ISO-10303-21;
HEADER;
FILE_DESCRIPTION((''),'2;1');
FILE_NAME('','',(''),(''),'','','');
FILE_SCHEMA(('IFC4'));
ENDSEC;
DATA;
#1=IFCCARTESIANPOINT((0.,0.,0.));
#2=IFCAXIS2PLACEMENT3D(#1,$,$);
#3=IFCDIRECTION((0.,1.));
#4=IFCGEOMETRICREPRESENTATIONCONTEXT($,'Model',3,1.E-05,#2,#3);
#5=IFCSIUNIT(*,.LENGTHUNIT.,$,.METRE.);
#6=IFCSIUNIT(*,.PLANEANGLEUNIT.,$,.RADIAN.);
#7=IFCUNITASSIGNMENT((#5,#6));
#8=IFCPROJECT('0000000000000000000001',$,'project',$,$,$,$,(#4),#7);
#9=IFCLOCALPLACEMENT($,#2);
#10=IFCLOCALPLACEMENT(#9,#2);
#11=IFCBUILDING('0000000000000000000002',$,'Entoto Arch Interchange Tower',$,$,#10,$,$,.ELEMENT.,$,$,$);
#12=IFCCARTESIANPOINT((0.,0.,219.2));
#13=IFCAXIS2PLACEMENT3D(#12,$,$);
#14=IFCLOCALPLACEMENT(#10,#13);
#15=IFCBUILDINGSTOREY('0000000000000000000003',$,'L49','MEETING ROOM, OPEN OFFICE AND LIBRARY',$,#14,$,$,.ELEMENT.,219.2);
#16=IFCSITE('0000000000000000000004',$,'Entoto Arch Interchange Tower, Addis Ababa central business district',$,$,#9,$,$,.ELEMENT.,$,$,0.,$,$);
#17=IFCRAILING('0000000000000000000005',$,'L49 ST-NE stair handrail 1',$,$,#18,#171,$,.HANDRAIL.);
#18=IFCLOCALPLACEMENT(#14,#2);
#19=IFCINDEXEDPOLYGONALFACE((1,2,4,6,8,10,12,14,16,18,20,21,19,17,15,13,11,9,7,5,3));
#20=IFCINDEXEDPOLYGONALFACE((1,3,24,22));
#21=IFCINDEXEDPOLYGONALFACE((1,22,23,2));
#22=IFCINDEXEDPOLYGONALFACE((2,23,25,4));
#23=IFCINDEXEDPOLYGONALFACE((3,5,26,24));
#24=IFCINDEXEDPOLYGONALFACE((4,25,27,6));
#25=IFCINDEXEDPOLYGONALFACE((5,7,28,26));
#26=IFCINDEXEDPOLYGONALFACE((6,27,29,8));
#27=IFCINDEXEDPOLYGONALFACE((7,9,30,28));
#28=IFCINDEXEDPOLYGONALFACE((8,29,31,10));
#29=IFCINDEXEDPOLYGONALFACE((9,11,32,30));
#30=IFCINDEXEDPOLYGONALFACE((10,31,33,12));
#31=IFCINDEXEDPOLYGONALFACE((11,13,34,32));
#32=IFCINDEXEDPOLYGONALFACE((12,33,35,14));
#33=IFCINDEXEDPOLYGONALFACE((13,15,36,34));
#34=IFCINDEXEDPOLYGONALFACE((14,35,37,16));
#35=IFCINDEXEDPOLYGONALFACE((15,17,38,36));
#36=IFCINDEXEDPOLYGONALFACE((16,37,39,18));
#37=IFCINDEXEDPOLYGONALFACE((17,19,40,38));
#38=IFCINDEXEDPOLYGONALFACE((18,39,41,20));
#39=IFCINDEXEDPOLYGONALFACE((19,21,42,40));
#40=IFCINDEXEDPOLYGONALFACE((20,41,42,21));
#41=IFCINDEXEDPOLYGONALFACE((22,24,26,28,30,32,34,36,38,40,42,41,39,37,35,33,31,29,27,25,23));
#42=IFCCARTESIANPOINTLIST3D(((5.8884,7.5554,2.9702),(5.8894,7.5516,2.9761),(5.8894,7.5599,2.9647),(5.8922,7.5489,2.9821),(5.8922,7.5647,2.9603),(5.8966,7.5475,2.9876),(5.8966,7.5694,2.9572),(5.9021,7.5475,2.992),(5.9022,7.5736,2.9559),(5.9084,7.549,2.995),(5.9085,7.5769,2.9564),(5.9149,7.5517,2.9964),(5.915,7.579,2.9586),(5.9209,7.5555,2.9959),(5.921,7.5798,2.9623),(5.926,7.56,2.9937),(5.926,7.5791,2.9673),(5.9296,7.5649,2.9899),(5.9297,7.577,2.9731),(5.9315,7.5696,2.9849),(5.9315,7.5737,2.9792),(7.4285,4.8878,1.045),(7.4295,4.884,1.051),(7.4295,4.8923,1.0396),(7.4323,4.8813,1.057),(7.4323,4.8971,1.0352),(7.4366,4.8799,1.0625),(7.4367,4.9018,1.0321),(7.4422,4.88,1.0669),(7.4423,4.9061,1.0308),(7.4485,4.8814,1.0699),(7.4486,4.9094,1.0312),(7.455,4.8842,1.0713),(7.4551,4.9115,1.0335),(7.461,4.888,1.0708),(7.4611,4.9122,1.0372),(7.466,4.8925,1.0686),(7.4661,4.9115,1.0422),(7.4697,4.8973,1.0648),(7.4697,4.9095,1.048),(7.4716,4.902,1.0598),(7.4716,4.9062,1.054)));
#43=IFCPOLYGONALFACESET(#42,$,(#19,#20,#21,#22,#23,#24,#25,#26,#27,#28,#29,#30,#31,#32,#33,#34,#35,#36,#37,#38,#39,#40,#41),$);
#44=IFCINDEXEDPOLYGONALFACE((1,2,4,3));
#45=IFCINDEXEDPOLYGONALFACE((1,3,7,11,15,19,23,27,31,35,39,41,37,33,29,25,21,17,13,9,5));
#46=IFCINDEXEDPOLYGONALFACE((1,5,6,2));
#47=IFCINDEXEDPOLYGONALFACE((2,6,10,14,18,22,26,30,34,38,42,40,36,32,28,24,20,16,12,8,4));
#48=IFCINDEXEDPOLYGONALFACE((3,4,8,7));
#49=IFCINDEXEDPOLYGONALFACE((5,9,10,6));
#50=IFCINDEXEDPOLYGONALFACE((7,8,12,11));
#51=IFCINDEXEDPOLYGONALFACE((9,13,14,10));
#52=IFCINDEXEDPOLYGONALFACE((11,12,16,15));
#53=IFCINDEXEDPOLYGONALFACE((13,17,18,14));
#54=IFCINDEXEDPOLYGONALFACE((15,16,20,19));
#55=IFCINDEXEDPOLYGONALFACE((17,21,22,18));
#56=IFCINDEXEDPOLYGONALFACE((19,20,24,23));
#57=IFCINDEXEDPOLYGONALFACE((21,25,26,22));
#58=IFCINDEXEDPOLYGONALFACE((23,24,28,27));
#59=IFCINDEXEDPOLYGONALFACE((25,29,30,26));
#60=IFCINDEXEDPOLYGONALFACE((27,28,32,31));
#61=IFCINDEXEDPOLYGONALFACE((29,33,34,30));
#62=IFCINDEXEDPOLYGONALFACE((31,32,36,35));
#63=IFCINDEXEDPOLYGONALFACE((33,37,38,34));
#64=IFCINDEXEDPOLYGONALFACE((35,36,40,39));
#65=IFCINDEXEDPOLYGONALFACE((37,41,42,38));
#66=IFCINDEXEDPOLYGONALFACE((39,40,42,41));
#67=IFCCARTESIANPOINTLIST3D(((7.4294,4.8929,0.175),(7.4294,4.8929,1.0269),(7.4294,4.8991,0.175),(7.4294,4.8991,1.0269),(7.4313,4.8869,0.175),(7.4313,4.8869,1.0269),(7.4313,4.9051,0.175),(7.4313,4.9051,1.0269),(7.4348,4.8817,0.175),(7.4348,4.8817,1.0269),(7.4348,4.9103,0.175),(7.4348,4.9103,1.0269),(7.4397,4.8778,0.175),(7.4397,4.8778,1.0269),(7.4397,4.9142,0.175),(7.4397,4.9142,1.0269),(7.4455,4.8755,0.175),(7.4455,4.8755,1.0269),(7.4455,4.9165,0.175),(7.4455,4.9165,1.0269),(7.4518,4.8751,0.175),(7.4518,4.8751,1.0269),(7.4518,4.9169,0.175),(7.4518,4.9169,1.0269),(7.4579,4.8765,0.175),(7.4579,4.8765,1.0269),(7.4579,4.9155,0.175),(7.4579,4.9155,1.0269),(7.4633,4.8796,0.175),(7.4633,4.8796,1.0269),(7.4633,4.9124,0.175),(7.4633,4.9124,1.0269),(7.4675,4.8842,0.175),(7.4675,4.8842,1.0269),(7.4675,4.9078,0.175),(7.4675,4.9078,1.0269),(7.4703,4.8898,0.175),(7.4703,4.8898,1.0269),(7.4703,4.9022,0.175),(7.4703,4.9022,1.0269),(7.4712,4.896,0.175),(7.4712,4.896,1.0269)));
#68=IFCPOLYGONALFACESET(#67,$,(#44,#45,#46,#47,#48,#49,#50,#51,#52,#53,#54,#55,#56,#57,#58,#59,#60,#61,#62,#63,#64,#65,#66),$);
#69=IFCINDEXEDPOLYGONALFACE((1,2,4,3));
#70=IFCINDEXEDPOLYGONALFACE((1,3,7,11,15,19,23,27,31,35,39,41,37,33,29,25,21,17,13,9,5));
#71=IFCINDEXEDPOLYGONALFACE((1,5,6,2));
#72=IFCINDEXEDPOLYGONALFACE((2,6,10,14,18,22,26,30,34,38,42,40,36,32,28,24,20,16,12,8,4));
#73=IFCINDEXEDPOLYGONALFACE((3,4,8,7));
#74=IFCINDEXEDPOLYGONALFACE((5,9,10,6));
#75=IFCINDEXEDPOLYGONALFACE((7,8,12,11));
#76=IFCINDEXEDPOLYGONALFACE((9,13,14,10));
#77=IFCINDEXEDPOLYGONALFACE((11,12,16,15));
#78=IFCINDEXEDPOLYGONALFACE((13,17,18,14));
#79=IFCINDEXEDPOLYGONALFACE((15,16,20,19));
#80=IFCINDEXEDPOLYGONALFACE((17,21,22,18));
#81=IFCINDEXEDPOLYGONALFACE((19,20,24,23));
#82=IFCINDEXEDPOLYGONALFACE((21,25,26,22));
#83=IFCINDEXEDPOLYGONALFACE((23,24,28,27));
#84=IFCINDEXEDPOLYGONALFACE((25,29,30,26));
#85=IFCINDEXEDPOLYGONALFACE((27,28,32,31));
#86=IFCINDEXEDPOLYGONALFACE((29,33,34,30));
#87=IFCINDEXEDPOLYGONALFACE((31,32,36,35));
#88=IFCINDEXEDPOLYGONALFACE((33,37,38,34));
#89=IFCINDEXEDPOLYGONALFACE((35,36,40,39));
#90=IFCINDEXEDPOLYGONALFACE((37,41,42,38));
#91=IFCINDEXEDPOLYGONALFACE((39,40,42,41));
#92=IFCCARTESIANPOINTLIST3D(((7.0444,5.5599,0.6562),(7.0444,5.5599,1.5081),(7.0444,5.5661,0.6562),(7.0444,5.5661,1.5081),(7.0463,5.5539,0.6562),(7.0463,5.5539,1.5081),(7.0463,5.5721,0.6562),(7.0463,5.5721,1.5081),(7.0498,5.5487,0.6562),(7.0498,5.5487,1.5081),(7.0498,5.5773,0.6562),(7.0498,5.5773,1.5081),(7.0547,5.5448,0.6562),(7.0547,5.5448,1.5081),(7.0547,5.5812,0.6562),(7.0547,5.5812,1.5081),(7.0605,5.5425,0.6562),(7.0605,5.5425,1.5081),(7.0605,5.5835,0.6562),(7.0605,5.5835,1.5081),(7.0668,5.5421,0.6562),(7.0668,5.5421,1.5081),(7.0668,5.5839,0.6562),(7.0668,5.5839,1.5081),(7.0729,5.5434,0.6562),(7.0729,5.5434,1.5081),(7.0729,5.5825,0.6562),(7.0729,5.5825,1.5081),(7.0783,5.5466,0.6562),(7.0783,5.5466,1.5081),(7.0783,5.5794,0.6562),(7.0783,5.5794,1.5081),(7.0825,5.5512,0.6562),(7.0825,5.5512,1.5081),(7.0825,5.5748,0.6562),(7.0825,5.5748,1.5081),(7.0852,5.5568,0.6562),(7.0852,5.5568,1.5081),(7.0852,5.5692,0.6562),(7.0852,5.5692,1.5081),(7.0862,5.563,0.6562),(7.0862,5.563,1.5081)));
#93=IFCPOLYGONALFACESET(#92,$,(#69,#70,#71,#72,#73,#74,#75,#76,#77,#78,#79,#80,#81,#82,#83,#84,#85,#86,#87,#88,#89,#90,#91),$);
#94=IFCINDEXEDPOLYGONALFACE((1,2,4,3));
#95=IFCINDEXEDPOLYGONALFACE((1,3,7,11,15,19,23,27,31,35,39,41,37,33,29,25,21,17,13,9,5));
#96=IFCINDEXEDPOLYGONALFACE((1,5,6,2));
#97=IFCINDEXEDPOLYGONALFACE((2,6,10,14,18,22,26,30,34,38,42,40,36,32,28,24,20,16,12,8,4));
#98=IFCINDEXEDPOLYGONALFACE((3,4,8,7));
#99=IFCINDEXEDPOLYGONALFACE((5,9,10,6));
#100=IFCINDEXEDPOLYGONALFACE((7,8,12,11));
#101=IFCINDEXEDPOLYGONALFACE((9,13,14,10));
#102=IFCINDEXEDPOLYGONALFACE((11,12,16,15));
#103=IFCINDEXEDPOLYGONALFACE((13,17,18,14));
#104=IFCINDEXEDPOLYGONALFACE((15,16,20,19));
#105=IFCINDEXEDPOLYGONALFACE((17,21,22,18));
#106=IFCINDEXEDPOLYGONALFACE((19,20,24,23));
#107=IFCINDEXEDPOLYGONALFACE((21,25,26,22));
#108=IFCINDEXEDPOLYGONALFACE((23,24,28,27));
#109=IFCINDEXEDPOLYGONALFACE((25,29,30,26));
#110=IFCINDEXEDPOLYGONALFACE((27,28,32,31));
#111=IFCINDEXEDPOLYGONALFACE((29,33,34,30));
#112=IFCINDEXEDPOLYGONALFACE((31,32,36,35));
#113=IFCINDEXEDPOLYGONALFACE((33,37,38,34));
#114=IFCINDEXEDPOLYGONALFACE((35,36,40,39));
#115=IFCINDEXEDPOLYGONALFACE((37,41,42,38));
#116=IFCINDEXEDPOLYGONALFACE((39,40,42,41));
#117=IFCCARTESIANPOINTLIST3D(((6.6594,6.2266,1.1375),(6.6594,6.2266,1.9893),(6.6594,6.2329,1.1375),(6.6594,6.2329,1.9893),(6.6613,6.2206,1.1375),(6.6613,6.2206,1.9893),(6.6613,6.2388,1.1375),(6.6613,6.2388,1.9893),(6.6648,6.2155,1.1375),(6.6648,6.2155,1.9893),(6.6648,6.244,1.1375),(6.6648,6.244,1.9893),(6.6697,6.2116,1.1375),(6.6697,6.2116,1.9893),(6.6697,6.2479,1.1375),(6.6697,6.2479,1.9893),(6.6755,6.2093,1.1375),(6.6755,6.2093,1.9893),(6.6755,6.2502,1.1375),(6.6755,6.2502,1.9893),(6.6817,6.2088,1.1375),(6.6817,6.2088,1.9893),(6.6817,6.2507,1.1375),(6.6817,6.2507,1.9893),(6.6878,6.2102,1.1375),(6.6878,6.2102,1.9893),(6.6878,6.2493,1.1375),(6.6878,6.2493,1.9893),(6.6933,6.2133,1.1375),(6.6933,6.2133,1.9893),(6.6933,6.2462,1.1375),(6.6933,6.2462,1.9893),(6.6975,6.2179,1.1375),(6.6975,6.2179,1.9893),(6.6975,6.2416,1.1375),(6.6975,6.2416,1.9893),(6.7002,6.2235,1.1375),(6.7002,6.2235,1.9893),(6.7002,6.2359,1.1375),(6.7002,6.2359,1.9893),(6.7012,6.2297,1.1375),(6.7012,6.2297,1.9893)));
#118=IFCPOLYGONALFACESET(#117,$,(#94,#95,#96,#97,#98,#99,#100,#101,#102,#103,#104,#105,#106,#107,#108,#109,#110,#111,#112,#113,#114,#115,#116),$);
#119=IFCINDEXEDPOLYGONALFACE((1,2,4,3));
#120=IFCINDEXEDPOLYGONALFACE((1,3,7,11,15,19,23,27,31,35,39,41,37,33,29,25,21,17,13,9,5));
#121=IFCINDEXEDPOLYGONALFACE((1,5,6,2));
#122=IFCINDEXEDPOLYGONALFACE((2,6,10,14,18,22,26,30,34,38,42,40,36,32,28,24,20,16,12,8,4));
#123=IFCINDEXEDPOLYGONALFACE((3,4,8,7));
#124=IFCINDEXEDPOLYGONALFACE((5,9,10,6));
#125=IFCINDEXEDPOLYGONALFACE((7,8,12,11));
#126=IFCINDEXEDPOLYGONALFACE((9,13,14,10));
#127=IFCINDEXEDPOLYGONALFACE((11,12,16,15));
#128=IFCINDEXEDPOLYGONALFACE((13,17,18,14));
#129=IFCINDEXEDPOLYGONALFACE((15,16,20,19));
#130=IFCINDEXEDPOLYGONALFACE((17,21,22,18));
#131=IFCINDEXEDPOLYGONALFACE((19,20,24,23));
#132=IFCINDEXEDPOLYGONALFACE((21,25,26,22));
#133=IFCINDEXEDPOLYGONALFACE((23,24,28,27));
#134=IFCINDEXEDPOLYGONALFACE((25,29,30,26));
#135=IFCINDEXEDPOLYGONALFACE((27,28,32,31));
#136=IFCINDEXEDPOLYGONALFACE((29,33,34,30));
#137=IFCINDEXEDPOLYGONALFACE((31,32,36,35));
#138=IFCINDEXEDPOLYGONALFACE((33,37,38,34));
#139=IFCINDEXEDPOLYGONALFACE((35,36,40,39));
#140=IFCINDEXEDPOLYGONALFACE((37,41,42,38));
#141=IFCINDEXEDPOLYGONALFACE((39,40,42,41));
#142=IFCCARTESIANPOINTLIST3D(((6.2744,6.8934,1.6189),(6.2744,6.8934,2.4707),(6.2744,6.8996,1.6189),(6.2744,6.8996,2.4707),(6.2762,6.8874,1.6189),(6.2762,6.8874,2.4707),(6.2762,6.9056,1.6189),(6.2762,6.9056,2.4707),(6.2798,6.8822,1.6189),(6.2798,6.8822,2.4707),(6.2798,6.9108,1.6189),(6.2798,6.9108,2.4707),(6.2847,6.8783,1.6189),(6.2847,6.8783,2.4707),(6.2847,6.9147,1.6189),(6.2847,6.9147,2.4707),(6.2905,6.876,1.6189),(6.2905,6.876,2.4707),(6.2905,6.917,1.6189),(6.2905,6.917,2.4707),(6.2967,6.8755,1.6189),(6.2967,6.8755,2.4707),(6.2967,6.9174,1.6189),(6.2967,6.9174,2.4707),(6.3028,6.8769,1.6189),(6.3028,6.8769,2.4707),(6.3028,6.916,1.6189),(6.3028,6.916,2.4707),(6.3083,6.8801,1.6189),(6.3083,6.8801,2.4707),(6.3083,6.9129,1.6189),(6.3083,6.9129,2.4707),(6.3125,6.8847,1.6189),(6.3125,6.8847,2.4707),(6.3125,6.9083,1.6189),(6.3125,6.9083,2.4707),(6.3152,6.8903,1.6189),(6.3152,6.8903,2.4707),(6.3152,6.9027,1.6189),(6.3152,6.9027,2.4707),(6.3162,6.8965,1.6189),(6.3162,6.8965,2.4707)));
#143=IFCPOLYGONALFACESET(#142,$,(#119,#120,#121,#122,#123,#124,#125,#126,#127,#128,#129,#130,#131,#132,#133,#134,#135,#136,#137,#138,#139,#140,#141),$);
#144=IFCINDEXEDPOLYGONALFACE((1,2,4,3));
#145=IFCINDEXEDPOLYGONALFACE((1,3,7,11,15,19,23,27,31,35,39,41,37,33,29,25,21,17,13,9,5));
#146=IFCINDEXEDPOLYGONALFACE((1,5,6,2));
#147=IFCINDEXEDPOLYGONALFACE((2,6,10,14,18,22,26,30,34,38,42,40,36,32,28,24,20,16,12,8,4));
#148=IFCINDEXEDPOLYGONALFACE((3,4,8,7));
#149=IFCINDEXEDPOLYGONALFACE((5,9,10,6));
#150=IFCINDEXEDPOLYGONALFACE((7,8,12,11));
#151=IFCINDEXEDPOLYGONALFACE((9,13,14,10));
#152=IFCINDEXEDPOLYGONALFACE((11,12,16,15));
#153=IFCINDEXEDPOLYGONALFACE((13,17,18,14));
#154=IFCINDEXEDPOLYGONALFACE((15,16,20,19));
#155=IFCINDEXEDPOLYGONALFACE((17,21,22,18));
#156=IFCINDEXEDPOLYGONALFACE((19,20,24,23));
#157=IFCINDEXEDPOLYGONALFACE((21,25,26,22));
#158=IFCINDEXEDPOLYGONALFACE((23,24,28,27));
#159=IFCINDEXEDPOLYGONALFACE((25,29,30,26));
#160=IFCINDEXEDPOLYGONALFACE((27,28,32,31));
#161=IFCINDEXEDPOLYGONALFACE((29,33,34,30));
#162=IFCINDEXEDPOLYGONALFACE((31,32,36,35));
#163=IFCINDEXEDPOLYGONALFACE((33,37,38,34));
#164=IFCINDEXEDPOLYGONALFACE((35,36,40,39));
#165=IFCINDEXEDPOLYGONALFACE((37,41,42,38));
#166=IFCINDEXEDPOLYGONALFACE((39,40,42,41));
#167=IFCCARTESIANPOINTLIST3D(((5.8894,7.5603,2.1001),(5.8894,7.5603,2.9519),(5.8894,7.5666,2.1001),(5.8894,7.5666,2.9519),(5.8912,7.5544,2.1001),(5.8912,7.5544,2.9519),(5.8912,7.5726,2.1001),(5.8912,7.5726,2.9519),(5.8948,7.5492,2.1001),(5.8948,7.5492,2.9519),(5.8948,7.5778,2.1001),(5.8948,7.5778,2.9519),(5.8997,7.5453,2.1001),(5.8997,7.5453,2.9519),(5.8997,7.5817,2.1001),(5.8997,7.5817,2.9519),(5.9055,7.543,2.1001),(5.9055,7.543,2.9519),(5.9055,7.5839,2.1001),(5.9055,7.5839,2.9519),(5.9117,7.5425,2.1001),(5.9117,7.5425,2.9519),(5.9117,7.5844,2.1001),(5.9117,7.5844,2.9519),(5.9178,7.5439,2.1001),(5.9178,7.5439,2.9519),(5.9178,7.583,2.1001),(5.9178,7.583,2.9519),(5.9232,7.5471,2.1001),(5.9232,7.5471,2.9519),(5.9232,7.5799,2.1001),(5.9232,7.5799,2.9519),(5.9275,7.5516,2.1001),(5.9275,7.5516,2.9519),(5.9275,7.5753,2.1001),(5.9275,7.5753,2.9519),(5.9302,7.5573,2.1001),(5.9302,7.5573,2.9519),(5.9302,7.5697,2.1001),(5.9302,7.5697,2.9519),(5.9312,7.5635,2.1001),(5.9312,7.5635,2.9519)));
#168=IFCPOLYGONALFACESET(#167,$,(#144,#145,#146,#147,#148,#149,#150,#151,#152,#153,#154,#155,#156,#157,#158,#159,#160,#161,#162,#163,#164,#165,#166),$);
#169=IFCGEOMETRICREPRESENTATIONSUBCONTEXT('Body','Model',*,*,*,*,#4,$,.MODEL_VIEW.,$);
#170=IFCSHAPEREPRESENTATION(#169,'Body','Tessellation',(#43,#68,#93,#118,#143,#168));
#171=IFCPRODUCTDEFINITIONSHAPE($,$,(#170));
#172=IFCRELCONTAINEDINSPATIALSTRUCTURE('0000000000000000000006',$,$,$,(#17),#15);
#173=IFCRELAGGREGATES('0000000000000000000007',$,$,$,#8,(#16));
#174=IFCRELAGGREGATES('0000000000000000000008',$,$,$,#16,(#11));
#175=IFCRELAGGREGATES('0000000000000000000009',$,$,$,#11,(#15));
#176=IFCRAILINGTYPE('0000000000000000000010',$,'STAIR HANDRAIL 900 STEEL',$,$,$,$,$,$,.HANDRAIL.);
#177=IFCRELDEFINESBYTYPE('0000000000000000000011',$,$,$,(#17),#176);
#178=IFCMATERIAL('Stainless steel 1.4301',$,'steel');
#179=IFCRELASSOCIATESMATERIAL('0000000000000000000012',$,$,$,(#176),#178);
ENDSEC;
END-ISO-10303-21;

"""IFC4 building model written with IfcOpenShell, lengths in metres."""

from ifc_helpers import new_model, si_unit, direction, frame, origin, origin_2d, place, context, subcontext, project, spatial, circle, extrude, material, type_object, element, save


model = new_model("IFC4")

# Units and contexts
model_context = context("Model", 3, precision=1e-05, world=origin(), true_north=direction((0.0, 1.0)))
body_context = subcontext(model_context, "Body", "Model", "MODEL_VIEW")
ifc_project = project(units=[si_unit("LENGTHUNIT", "METRE"), si_unit("PLANEANGLEUNIT", "RADIAN")], contexts=[model_context])

# Site, building, storey
site_placement = place(None, origin())
site = spatial("IfcSite", under=ifc_project, at=site_placement, Name="Entoto Arch Interchange Tower, Addis Ababa central business district", CompositionType="ELEMENT", RefElevation=0.0)
building_placement = place(site_placement, origin())
building = spatial("IfcBuilding", under=site, at=building_placement, Name="Entoto Arch Interchange Tower", CompositionType="ELEMENT")
storey_placement = place(building_placement, frame((0.0, 0.0, 219.2)))
storey = spatial("IfcBuildingStorey", under=building, at=storey_placement, Name="L49", Description="MEETING ROOM, OPEN OFFICE AND LIBRARY", CompositionType="ELEMENT", Elevation=219.2)

# Railing
ifc_material_1 = material(Name="Stainless steel 1.4301", Category="steel")
railing_type_1 = type_object("IfcRailingType", Name="STAIR HANDRAIL 900 STEEL", PredefinedType="HANDRAIL", material=ifc_material_1)
railing_1_placement = place(storey_placement, frame((7.4502, 4.896, 0.175)))
element("IfcRailing", 1, at=railing_1_placement, inside=storey, type_object=railing_type_1, Name="L49 ST-NE stair handrail 1", PredefinedType="HANDRAIL", context=body_context, shape_type="SweptSolid", body=[
    extrude(circle(Radius=0.0239, at=origin_2d()), frame((0.0, 0.0, 0.876), z_axis=(-0.423994, 0.734395, 0.529993), x_axis=(-0.86603, -0.499992, 0.0)), (0.0, 0.0, 1.0), 3.6323),
    extrude(circle(Radius=0.021, at=origin_2d()), origin(), (0.0, 0.0, 1.0), 0.8518),
    extrude(circle(Radius=0.021, at=origin_2d()), frame((-0.385, 0.667, 0.4812)), (0.0, 0.0, 1.0), 0.8518),
    extrude(circle(Radius=0.021, at=origin_2d()), frame((-0.77, 1.3337, 0.9624)), (0.0, 0.0, 1.0), 0.8518),
    extrude(circle(Radius=0.021, at=origin_2d()), frame((-1.155, 2.0005, 1.4438)), (0.0, 0.0, 1.0), 0.8518),
    extrude(circle(Radius=0.021, at=origin_2d()), frame((-1.54, 2.6675, 1.925)), (0.0, 0.0, 1.0), 0.8518),
])

save(model, "model.ifc")
